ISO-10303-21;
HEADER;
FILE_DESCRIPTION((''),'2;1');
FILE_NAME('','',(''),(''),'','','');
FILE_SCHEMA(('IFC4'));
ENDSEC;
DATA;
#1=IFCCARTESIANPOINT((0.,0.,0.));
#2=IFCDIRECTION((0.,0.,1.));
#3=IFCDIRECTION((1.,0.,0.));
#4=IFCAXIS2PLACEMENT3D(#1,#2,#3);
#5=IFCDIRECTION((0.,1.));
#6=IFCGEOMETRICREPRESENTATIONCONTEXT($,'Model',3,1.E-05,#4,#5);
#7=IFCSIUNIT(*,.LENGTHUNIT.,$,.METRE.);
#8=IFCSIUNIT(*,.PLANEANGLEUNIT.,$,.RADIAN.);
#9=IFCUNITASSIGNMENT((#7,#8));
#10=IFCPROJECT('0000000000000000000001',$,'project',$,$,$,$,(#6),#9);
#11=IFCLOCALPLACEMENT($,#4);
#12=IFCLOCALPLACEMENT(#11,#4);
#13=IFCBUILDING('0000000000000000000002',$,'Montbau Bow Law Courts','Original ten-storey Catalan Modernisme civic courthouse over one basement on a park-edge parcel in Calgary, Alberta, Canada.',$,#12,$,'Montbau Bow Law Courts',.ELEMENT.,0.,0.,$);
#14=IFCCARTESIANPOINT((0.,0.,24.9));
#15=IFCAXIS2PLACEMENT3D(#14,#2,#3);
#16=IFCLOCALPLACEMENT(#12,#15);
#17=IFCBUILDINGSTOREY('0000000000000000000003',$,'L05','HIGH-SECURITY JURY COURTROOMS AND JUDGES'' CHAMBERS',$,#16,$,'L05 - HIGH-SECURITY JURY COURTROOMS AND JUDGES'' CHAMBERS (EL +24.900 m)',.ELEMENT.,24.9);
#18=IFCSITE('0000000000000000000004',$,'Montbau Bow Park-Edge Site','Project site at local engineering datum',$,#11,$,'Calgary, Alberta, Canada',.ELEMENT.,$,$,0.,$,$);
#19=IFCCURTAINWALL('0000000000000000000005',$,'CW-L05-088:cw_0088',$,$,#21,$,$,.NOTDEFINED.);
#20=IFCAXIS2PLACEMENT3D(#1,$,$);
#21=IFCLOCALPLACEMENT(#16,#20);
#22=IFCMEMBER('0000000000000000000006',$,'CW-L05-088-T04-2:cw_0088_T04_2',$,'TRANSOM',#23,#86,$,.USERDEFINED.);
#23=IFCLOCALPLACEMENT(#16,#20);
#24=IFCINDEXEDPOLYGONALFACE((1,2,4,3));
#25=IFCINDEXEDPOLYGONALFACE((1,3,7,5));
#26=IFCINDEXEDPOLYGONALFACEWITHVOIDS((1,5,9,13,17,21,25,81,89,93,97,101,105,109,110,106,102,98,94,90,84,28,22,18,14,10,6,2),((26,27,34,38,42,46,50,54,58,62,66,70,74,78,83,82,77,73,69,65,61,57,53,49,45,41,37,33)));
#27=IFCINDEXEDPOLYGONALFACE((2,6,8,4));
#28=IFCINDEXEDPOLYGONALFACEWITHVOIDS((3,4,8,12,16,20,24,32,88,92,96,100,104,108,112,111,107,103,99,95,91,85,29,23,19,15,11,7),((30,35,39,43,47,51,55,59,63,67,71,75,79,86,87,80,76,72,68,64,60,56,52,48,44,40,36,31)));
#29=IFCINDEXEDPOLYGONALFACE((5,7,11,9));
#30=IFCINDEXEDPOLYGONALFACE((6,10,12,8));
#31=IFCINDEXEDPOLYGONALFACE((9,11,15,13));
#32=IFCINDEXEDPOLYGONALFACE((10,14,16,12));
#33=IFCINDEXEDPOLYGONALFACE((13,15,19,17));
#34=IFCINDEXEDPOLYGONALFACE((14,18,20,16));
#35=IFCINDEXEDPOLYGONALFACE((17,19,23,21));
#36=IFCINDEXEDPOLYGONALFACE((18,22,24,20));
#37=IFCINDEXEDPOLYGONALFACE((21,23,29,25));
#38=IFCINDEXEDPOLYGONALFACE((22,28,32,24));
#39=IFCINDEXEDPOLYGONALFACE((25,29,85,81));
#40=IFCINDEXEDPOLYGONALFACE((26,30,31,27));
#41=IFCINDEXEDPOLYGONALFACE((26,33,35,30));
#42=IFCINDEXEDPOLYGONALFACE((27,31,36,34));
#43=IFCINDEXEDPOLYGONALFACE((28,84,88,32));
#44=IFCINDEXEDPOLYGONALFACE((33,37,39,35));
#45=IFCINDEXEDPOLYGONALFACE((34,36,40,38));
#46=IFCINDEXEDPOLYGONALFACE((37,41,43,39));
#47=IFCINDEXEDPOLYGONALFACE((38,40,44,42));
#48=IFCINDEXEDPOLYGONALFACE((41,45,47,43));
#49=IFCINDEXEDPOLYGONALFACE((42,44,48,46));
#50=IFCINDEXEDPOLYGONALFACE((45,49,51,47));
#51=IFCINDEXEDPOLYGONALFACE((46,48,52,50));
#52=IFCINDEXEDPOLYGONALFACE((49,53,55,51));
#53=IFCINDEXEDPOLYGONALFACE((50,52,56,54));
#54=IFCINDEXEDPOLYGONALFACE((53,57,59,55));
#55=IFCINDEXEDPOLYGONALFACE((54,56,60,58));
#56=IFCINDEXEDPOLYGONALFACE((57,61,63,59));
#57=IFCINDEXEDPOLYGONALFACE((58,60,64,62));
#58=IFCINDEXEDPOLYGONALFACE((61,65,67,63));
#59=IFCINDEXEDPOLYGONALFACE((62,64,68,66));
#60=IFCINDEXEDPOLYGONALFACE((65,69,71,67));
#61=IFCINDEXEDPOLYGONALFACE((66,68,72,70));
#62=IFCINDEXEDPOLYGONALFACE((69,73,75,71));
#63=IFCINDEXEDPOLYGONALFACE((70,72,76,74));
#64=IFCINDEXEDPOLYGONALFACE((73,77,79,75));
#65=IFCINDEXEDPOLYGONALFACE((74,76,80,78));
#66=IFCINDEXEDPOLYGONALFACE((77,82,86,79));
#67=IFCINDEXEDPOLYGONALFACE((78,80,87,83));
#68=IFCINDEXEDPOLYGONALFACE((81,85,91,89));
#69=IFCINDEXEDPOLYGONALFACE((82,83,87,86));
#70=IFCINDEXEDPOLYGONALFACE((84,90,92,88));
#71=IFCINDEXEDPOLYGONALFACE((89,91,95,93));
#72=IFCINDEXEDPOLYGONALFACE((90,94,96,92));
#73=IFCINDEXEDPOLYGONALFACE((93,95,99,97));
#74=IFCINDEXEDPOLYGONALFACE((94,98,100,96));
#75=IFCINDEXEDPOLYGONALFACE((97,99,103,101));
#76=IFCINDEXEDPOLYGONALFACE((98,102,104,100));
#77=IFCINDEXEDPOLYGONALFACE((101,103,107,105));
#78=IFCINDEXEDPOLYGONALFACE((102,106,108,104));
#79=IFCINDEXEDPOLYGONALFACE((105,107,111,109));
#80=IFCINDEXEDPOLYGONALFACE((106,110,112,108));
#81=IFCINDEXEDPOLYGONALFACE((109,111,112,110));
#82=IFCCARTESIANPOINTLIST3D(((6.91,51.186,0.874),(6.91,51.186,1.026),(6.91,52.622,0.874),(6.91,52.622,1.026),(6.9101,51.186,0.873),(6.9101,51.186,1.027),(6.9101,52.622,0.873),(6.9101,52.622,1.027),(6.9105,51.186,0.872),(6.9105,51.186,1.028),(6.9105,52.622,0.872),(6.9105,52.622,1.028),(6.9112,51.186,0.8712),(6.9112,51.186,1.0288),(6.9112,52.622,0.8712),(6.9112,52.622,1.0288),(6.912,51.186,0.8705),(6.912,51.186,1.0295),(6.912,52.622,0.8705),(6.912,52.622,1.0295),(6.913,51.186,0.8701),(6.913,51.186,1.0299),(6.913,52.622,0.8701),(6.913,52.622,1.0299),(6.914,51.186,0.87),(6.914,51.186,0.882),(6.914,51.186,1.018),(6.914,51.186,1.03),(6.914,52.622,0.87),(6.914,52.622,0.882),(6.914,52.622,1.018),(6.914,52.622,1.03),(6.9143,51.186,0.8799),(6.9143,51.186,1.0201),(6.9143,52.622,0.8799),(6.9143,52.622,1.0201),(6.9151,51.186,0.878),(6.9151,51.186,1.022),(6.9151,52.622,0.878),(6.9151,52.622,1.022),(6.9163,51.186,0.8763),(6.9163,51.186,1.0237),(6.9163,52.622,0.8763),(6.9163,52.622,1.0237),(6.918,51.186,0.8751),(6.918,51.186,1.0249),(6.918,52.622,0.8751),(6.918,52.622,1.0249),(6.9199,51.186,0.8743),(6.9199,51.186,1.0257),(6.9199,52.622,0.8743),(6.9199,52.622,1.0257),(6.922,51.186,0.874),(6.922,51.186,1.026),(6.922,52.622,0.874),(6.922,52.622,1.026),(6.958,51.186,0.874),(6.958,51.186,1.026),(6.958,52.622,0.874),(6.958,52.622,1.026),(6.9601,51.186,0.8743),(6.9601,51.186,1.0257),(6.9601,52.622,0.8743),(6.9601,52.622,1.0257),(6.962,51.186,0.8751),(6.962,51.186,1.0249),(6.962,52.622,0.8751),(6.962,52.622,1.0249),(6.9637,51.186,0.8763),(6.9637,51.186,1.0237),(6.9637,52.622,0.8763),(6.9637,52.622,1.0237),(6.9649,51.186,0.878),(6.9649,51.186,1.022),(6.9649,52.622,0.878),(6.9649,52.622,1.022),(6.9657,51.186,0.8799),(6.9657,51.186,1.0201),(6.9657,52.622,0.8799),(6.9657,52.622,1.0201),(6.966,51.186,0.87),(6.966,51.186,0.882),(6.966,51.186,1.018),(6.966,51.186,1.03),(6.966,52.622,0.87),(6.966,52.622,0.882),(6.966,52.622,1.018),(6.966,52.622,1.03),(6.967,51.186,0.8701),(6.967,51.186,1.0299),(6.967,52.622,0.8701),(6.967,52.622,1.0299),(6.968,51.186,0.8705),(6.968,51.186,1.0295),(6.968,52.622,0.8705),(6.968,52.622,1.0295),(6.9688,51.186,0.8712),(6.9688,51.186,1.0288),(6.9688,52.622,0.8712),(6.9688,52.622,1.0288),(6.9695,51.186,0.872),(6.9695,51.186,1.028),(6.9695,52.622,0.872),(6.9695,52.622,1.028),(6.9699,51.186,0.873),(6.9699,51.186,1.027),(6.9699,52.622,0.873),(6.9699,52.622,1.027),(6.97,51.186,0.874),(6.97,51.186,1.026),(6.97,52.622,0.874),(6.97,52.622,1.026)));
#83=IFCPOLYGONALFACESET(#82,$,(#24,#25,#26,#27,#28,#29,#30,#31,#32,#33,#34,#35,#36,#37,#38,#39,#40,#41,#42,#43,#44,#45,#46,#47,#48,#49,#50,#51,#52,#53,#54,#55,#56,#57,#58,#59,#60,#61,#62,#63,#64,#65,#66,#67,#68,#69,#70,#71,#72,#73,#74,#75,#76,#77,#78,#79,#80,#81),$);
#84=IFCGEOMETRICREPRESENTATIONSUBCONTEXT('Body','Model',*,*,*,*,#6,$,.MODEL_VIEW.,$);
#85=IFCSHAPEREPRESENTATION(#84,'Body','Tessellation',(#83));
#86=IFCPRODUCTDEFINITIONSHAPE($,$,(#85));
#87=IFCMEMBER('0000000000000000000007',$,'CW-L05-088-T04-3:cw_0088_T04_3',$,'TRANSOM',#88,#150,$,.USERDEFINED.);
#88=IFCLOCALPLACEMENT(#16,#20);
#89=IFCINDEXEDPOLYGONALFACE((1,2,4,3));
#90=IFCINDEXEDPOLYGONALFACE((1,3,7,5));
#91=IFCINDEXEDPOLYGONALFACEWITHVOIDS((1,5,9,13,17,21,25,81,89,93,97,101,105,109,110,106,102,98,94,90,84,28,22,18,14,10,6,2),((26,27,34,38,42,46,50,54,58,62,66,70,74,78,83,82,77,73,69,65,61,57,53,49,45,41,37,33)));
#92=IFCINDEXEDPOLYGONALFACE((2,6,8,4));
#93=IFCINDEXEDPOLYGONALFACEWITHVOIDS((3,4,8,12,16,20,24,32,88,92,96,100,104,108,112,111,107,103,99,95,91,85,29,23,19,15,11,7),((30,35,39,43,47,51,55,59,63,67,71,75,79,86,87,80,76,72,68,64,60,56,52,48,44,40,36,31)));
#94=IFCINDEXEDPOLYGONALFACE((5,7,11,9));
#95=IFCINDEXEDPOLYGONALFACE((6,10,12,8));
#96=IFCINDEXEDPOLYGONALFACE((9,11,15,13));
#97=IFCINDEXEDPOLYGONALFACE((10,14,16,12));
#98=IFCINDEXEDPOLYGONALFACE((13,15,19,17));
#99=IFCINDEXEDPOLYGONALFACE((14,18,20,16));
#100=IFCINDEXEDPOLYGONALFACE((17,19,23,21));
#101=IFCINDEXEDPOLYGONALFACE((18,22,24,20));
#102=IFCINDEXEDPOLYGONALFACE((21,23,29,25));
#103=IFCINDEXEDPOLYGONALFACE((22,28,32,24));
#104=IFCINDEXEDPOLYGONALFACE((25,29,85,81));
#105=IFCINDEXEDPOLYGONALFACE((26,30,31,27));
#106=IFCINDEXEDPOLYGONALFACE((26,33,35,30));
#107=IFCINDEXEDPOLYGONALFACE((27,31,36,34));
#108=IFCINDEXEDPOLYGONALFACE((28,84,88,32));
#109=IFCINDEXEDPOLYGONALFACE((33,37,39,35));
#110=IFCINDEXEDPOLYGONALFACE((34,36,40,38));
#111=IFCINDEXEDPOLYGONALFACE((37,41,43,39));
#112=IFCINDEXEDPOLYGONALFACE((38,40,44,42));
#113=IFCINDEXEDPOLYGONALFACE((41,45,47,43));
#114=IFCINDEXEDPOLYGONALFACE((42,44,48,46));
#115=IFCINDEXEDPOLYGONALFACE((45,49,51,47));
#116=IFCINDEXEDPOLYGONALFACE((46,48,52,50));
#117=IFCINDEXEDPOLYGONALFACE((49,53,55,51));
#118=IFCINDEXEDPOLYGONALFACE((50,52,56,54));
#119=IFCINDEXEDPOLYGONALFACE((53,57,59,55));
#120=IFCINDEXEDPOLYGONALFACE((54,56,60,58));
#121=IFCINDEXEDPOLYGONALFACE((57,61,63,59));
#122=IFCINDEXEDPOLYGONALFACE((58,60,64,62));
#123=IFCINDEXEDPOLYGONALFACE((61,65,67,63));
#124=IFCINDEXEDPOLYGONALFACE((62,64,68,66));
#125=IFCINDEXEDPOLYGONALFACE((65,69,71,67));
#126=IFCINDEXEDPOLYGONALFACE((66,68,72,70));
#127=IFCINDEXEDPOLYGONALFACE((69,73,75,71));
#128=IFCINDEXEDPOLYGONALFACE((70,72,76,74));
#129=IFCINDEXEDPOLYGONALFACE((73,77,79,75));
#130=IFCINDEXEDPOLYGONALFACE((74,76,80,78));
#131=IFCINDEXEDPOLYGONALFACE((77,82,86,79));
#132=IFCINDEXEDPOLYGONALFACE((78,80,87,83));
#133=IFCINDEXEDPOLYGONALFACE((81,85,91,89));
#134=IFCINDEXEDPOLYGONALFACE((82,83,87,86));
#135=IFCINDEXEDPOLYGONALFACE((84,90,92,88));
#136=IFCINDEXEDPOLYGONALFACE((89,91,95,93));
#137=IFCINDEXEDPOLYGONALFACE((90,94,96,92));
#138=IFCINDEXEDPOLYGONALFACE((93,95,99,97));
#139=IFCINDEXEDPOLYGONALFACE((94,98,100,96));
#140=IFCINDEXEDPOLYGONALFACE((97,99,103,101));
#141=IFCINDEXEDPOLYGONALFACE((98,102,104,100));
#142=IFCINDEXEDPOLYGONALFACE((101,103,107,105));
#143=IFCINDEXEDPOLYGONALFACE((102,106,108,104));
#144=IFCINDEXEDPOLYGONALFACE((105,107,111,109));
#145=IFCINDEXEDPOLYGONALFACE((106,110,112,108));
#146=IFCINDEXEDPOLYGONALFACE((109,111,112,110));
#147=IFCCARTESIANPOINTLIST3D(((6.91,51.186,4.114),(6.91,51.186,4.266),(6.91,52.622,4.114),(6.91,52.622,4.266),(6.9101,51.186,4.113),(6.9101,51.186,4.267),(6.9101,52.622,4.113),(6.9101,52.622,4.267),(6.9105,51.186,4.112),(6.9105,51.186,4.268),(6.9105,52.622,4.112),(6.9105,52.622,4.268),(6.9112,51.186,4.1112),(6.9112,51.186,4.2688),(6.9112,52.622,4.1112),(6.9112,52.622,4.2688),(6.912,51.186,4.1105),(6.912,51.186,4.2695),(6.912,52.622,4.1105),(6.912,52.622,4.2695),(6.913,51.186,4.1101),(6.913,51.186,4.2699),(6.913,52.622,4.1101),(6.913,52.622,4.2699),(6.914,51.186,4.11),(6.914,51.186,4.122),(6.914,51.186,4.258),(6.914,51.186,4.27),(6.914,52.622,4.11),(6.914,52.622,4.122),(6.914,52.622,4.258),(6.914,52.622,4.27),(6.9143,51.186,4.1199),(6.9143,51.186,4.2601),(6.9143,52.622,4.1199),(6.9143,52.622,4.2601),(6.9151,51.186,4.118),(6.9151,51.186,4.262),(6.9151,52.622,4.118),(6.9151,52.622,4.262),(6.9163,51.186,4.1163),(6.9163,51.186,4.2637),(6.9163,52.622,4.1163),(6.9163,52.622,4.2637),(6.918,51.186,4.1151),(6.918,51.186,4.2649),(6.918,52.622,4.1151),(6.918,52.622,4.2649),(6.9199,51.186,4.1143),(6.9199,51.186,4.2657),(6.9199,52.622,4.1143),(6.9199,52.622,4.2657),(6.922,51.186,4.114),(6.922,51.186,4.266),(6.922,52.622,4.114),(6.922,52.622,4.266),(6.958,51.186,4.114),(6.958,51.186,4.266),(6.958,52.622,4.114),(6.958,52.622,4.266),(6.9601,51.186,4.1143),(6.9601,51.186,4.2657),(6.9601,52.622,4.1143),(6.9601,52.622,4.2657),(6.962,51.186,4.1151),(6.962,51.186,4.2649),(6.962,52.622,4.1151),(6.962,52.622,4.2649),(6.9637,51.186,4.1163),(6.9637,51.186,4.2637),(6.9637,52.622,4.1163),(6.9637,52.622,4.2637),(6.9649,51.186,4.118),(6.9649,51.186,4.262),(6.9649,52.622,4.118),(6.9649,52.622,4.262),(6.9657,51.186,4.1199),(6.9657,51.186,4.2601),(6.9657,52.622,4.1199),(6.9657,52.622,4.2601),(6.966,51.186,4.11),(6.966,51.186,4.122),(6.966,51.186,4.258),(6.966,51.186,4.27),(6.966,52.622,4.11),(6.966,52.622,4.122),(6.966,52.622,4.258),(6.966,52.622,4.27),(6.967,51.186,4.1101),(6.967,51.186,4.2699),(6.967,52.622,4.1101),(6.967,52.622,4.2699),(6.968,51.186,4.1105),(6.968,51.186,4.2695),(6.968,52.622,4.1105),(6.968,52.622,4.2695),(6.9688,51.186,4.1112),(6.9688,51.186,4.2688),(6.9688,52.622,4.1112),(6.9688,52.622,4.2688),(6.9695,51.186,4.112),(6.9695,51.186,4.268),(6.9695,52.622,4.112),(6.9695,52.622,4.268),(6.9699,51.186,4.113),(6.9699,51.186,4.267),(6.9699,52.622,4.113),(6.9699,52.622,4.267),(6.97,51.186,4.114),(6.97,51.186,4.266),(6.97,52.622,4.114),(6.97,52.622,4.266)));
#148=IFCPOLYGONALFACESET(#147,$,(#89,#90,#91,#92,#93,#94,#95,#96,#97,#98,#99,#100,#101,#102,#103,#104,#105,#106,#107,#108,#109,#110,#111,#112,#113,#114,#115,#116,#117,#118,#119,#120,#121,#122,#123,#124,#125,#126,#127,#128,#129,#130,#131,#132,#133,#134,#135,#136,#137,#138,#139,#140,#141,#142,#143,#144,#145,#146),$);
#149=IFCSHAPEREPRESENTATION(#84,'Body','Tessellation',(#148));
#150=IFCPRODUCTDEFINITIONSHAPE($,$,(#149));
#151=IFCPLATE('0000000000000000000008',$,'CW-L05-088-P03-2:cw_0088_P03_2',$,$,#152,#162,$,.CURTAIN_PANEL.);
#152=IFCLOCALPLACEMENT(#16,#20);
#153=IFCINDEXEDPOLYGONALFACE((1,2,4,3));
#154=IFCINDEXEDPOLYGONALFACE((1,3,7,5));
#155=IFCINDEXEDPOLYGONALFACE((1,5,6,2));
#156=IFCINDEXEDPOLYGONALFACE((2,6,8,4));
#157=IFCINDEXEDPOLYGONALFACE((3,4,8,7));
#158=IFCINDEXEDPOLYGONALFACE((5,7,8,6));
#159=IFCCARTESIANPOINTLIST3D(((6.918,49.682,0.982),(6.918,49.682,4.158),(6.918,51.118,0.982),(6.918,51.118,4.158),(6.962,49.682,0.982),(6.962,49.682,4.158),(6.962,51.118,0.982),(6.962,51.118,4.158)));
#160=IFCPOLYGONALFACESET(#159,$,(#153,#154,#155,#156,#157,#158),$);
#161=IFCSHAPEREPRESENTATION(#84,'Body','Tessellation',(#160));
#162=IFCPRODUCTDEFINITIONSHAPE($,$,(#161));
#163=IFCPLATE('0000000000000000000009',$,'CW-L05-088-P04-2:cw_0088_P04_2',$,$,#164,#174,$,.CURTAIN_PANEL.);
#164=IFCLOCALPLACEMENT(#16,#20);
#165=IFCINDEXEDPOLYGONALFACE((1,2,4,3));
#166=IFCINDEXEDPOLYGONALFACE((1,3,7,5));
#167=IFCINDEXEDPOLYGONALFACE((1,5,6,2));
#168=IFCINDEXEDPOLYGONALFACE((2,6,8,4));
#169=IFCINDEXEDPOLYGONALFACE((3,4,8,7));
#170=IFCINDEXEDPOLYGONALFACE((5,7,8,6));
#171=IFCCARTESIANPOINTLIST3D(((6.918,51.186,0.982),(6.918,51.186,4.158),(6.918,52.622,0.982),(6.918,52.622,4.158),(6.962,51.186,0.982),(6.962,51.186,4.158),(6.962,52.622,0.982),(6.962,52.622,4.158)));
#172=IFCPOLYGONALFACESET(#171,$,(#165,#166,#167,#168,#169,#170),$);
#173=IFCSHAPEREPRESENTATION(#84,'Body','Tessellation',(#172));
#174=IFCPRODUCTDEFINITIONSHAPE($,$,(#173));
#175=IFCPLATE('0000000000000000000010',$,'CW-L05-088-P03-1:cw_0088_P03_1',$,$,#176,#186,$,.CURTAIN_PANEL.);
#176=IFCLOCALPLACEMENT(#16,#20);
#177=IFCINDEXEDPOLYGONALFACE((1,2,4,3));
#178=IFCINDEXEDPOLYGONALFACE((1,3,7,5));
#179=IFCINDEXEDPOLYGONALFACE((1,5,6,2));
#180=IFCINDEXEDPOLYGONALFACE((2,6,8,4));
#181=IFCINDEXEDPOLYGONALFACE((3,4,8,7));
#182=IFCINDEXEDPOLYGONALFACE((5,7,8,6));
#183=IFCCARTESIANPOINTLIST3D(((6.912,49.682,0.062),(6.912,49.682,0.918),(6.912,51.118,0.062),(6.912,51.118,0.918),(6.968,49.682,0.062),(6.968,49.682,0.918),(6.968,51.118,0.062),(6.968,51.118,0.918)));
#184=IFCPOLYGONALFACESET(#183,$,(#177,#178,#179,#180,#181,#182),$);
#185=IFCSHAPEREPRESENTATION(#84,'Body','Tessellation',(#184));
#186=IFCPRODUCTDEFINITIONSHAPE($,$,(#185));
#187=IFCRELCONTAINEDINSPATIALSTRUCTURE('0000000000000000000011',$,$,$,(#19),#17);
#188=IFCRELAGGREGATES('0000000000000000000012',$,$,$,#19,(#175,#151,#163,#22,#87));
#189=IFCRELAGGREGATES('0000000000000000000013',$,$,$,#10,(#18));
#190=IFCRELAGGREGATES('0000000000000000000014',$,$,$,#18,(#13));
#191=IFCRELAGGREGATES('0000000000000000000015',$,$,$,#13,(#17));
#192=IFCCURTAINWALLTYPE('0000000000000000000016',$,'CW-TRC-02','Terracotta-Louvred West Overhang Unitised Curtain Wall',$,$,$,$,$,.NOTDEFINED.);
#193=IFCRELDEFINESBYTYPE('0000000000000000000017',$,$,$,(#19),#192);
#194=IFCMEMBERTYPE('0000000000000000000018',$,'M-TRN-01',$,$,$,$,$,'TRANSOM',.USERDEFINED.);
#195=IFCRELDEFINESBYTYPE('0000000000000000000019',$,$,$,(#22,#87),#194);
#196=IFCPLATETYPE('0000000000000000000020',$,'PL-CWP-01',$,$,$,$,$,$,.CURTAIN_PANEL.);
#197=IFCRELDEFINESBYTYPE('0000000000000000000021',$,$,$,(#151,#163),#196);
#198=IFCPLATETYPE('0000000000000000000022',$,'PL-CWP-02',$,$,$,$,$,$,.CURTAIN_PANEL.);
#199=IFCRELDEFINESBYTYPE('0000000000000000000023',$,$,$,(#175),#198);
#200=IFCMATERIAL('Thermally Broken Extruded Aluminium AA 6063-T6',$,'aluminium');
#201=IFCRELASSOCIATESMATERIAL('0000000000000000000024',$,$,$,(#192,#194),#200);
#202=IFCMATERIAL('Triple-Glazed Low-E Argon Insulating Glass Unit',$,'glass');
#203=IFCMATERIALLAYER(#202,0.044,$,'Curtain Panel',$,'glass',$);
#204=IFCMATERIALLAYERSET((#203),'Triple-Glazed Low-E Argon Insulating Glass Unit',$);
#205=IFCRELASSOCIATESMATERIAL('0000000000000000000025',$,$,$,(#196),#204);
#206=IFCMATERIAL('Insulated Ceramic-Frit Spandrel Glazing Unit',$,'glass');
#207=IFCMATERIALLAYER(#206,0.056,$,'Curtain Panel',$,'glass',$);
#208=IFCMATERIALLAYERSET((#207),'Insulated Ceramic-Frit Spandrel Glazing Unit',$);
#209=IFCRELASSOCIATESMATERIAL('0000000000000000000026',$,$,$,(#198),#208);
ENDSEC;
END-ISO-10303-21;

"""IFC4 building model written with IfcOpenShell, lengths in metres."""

from ifc_helpers import new_model, si_unit, direction, frame, frame_2d, origin_with_axes, origin_2d_with_axis, place, context, subcontext, project, spatial, rectangle, hollow_rectangle, extrude, material, layer, layer_set, material_profile, profile_set, type_object, element, aggregate, save


model = new_model("IFC4")

# Units and contexts
model_context = context("Model", 3, precision=1e-05, world=origin_with_axes(), true_north=direction((0.0, 1.0)))
body_context = subcontext(model_context, "Body", "Model", "MODEL_VIEW")
ifc_project = project(units=[si_unit("LENGTHUNIT", "METRE"), si_unit("PLANEANGLEUNIT", "RADIAN")], contexts=[model_context])

# Site, building, storey
site_placement = place(None, origin_with_axes())
site = spatial("IfcSite", under=ifc_project, at=site_placement, Name="Montbau Bow Park-Edge Site", Description="Project site at local engineering datum", LongName="Calgary, Alberta, Canada", CompositionType="ELEMENT", RefElevation=0.0)
building_placement = place(site_placement, origin_with_axes())
building = spatial("IfcBuilding", under=site, at=building_placement, Name="Montbau Bow Law Courts", Description="Original ten-storey Catalan Modernisme civic courthouse over one basement on a park-edge parcel in Calgary, Alberta, Canada.", LongName="Montbau Bow Law Courts", CompositionType="ELEMENT", ElevationOfRefHeight=0.0, ElevationOfTerrain=0.0)
storey_placement = place(building_placement, frame((0.0, 0.0, 24.9), z_axis=(0.0, 0.0, 1.0), x_axis=(1.0, 0.0, 0.0)))
storey = spatial("IfcBuildingStorey", under=building, at=storey_placement, Name="L05", Description="HIGH-SECURITY JURY COURTROOMS AND JUDGES' CHAMBERS", LongName="L05 - HIGH-SECURITY JURY COURTROOMS AND JUDGES' CHAMBERS (EL +24.900 m)", CompositionType="ELEMENT", Elevation=24.9)

# Curtain wall, members, plates
ifc_material_1 = material(Name="Thermally Broken Extruded Aluminium AA 6063-T6", Category="aluminium")
curtain_wall_type = type_object("IfcCurtainWallType", Name="CW-TRC-02", Description="Terracotta-Louvred West Overhang Unitised Curtain Wall", PredefinedType="NOTDEFINED", material=ifc_material_1)
curtain_wall_placement = place(None, frame((6.94, 46.64, 24.9), z_axis=(0.0, 0.0, 1.0), x_axis=(1.0, 0.0, 0.0)))
curtain_wall = element("IfcCurtainWall", 1, at=curtain_wall_placement, inside=storey, type_object=curtain_wall_type, Name="CW-L05-088:cw_0088", PredefinedType="NOTDEFINED")
ifc_material_profile_1 = material_profile(ifc_material_1, hollow_rectangle(XDim=0.06, YDim=0.16, WallThickness=0.004, InnerFilletRadius=0.008, OuterFilletRadius=0.004, at=origin_2d_with_axis()), Name="CWT-160X60", Category="Main", Priority=0)
ifc_profile_set_1 = profile_set([ifc_material_profile_1], Name="Thermally Broken Extruded Aluminium AA 6063-T6")
member_type_1 = type_object("IfcMemberType", Name="M-TRN-01", ElementType="TRANSOM", PredefinedType="USERDEFINED", material=ifc_profile_set_1)
member_1_placement = place(None, frame((6.94, 51.186, 25.85), z_axis=(0.0, 1.0, 0.0), x_axis=(-1.0, 0.0, 0.0)))
member_1 = element("IfcMember", 2, at=member_1_placement, type_object=member_type_1, Name="CW-L05-088-T04-2:cw_0088_T04_2", ObjectType="TRANSOM", PredefinedType="USERDEFINED", context=body_context, shape_type="SweptSolid", body=[
    extrude(hollow_rectangle(XDim=0.06, YDim=0.16, WallThickness=0.004, InnerFilletRadius=0.008, OuterFilletRadius=0.004, at=origin_2d_with_axis()), origin_with_axes(), (0.0, 0.0, 1.0), 1.436),
])
member_2_placement = place(None, frame((6.94, 51.186, 29.09), z_axis=(0.0, 1.0, 0.0), x_axis=(-1.0, 0.0, 0.0)))
member_2 = element("IfcMember", 3, at=member_2_placement, type_object=member_type_1, Name="CW-L05-088-T04-3:cw_0088_T04_3", ObjectType="TRANSOM", PredefinedType="USERDEFINED", context=body_context, shape_type="SweptSolid", body=[
    extrude(hollow_rectangle(XDim=0.06, YDim=0.16, WallThickness=0.004, InnerFilletRadius=0.008, OuterFilletRadius=0.004, at=origin_2d_with_axis()), origin_with_axes(), (0.0, 0.0, 1.0), 1.436),
])
ifc_material_2 = material(Name="Triple-Glazed Low-E Argon Insulating Glass Unit", Category="glass")
ifc_layer_1 = layer(ifc_material_2, 0.044, Name="Curtain Panel", Category="glass")
ifc_layer_set_1 = layer_set([ifc_layer_1], Name="Triple-Glazed Low-E Argon Insulating Glass Unit")
plate_type_1 = type_object("IfcPlateType", Name="PL-CWP-01", PredefinedType="CURTAIN_PANEL", material=ifc_layer_set_1)
plate_1_placement = place(None, frame((6.94, 49.682, 25.882), z_axis=(1.0, 0.0, 0.0), x_axis=(0.0, 1.0, 0.0)))
plate_1 = element("IfcPlate", 4, at=plate_1_placement, type_object=plate_type_1, Name="CW-L05-088-P03-2:cw_0088_P03_2", PredefinedType="CURTAIN_PANEL", context=body_context, shape_type="SweptSolid", body=[
    extrude(rectangle(XDim=1.436, YDim=3.176, at=frame_2d((0.718, 1.588), x_axis=(1.0, 0.0))), frame((0.0, 0.0, -0.022), z_axis=(0.0, 0.0, 1.0), x_axis=(1.0, 0.0, 0.0)), (0.0, 0.0, 1.0), 0.044),
])
plate_2_placement = place(None, frame((6.94, 51.186, 25.882), z_axis=(1.0, 0.0, 0.0), x_axis=(0.0, 1.0, 0.0)))
plate_2 = element("IfcPlate", 5, at=plate_2_placement, type_object=plate_type_1, Name="CW-L05-088-P04-2:cw_0088_P04_2", PredefinedType="CURTAIN_PANEL", context=body_context, shape_type="SweptSolid", body=[
    extrude(rectangle(XDim=1.436, YDim=3.176, at=frame_2d((0.718, 1.588), x_axis=(1.0, 0.0))), frame((0.0, 0.0, -0.022), z_axis=(0.0, 0.0, 1.0), x_axis=(1.0, 0.0, 0.0)), (0.0, 0.0, 1.0), 0.044),
])
ifc_material_3 = material(Name="Insulated Ceramic-Frit Spandrel Glazing Unit", Category="glass")
ifc_layer_2 = layer(ifc_material_3, 0.056, Name="Curtain Panel", Category="glass")
ifc_layer_set_2 = layer_set([ifc_layer_2], Name="Insulated Ceramic-Frit Spandrel Glazing Unit")
plate_type_2 = type_object("IfcPlateType", Name="PL-CWP-02", PredefinedType="CURTAIN_PANEL", material=ifc_layer_set_2)
plate_3_placement = place(None, frame((6.94, 49.682, 24.962), z_axis=(1.0, 0.0, 0.0), x_axis=(0.0, 1.0, 0.0)))
plate_3 = element("IfcPlate", 6, at=plate_3_placement, type_object=plate_type_2, Name="CW-L05-088-P03-1:cw_0088_P03_1", PredefinedType="CURTAIN_PANEL", context=body_context, shape_type="SweptSolid", body=[
    extrude(rectangle(XDim=1.436, YDim=0.856, at=frame_2d((0.718, 0.428), x_axis=(1.0, 0.0))), frame((0.0, 0.0, -0.028), z_axis=(0.0, 0.0, 1.0), x_axis=(1.0, 0.0, 0.0)), (0.0, 0.0, 1.0), 0.056),
])
aggregate(curtain_wall, [plate_3, plate_1, plate_2, member_1, member_2])

save(model, "model.ifc")
